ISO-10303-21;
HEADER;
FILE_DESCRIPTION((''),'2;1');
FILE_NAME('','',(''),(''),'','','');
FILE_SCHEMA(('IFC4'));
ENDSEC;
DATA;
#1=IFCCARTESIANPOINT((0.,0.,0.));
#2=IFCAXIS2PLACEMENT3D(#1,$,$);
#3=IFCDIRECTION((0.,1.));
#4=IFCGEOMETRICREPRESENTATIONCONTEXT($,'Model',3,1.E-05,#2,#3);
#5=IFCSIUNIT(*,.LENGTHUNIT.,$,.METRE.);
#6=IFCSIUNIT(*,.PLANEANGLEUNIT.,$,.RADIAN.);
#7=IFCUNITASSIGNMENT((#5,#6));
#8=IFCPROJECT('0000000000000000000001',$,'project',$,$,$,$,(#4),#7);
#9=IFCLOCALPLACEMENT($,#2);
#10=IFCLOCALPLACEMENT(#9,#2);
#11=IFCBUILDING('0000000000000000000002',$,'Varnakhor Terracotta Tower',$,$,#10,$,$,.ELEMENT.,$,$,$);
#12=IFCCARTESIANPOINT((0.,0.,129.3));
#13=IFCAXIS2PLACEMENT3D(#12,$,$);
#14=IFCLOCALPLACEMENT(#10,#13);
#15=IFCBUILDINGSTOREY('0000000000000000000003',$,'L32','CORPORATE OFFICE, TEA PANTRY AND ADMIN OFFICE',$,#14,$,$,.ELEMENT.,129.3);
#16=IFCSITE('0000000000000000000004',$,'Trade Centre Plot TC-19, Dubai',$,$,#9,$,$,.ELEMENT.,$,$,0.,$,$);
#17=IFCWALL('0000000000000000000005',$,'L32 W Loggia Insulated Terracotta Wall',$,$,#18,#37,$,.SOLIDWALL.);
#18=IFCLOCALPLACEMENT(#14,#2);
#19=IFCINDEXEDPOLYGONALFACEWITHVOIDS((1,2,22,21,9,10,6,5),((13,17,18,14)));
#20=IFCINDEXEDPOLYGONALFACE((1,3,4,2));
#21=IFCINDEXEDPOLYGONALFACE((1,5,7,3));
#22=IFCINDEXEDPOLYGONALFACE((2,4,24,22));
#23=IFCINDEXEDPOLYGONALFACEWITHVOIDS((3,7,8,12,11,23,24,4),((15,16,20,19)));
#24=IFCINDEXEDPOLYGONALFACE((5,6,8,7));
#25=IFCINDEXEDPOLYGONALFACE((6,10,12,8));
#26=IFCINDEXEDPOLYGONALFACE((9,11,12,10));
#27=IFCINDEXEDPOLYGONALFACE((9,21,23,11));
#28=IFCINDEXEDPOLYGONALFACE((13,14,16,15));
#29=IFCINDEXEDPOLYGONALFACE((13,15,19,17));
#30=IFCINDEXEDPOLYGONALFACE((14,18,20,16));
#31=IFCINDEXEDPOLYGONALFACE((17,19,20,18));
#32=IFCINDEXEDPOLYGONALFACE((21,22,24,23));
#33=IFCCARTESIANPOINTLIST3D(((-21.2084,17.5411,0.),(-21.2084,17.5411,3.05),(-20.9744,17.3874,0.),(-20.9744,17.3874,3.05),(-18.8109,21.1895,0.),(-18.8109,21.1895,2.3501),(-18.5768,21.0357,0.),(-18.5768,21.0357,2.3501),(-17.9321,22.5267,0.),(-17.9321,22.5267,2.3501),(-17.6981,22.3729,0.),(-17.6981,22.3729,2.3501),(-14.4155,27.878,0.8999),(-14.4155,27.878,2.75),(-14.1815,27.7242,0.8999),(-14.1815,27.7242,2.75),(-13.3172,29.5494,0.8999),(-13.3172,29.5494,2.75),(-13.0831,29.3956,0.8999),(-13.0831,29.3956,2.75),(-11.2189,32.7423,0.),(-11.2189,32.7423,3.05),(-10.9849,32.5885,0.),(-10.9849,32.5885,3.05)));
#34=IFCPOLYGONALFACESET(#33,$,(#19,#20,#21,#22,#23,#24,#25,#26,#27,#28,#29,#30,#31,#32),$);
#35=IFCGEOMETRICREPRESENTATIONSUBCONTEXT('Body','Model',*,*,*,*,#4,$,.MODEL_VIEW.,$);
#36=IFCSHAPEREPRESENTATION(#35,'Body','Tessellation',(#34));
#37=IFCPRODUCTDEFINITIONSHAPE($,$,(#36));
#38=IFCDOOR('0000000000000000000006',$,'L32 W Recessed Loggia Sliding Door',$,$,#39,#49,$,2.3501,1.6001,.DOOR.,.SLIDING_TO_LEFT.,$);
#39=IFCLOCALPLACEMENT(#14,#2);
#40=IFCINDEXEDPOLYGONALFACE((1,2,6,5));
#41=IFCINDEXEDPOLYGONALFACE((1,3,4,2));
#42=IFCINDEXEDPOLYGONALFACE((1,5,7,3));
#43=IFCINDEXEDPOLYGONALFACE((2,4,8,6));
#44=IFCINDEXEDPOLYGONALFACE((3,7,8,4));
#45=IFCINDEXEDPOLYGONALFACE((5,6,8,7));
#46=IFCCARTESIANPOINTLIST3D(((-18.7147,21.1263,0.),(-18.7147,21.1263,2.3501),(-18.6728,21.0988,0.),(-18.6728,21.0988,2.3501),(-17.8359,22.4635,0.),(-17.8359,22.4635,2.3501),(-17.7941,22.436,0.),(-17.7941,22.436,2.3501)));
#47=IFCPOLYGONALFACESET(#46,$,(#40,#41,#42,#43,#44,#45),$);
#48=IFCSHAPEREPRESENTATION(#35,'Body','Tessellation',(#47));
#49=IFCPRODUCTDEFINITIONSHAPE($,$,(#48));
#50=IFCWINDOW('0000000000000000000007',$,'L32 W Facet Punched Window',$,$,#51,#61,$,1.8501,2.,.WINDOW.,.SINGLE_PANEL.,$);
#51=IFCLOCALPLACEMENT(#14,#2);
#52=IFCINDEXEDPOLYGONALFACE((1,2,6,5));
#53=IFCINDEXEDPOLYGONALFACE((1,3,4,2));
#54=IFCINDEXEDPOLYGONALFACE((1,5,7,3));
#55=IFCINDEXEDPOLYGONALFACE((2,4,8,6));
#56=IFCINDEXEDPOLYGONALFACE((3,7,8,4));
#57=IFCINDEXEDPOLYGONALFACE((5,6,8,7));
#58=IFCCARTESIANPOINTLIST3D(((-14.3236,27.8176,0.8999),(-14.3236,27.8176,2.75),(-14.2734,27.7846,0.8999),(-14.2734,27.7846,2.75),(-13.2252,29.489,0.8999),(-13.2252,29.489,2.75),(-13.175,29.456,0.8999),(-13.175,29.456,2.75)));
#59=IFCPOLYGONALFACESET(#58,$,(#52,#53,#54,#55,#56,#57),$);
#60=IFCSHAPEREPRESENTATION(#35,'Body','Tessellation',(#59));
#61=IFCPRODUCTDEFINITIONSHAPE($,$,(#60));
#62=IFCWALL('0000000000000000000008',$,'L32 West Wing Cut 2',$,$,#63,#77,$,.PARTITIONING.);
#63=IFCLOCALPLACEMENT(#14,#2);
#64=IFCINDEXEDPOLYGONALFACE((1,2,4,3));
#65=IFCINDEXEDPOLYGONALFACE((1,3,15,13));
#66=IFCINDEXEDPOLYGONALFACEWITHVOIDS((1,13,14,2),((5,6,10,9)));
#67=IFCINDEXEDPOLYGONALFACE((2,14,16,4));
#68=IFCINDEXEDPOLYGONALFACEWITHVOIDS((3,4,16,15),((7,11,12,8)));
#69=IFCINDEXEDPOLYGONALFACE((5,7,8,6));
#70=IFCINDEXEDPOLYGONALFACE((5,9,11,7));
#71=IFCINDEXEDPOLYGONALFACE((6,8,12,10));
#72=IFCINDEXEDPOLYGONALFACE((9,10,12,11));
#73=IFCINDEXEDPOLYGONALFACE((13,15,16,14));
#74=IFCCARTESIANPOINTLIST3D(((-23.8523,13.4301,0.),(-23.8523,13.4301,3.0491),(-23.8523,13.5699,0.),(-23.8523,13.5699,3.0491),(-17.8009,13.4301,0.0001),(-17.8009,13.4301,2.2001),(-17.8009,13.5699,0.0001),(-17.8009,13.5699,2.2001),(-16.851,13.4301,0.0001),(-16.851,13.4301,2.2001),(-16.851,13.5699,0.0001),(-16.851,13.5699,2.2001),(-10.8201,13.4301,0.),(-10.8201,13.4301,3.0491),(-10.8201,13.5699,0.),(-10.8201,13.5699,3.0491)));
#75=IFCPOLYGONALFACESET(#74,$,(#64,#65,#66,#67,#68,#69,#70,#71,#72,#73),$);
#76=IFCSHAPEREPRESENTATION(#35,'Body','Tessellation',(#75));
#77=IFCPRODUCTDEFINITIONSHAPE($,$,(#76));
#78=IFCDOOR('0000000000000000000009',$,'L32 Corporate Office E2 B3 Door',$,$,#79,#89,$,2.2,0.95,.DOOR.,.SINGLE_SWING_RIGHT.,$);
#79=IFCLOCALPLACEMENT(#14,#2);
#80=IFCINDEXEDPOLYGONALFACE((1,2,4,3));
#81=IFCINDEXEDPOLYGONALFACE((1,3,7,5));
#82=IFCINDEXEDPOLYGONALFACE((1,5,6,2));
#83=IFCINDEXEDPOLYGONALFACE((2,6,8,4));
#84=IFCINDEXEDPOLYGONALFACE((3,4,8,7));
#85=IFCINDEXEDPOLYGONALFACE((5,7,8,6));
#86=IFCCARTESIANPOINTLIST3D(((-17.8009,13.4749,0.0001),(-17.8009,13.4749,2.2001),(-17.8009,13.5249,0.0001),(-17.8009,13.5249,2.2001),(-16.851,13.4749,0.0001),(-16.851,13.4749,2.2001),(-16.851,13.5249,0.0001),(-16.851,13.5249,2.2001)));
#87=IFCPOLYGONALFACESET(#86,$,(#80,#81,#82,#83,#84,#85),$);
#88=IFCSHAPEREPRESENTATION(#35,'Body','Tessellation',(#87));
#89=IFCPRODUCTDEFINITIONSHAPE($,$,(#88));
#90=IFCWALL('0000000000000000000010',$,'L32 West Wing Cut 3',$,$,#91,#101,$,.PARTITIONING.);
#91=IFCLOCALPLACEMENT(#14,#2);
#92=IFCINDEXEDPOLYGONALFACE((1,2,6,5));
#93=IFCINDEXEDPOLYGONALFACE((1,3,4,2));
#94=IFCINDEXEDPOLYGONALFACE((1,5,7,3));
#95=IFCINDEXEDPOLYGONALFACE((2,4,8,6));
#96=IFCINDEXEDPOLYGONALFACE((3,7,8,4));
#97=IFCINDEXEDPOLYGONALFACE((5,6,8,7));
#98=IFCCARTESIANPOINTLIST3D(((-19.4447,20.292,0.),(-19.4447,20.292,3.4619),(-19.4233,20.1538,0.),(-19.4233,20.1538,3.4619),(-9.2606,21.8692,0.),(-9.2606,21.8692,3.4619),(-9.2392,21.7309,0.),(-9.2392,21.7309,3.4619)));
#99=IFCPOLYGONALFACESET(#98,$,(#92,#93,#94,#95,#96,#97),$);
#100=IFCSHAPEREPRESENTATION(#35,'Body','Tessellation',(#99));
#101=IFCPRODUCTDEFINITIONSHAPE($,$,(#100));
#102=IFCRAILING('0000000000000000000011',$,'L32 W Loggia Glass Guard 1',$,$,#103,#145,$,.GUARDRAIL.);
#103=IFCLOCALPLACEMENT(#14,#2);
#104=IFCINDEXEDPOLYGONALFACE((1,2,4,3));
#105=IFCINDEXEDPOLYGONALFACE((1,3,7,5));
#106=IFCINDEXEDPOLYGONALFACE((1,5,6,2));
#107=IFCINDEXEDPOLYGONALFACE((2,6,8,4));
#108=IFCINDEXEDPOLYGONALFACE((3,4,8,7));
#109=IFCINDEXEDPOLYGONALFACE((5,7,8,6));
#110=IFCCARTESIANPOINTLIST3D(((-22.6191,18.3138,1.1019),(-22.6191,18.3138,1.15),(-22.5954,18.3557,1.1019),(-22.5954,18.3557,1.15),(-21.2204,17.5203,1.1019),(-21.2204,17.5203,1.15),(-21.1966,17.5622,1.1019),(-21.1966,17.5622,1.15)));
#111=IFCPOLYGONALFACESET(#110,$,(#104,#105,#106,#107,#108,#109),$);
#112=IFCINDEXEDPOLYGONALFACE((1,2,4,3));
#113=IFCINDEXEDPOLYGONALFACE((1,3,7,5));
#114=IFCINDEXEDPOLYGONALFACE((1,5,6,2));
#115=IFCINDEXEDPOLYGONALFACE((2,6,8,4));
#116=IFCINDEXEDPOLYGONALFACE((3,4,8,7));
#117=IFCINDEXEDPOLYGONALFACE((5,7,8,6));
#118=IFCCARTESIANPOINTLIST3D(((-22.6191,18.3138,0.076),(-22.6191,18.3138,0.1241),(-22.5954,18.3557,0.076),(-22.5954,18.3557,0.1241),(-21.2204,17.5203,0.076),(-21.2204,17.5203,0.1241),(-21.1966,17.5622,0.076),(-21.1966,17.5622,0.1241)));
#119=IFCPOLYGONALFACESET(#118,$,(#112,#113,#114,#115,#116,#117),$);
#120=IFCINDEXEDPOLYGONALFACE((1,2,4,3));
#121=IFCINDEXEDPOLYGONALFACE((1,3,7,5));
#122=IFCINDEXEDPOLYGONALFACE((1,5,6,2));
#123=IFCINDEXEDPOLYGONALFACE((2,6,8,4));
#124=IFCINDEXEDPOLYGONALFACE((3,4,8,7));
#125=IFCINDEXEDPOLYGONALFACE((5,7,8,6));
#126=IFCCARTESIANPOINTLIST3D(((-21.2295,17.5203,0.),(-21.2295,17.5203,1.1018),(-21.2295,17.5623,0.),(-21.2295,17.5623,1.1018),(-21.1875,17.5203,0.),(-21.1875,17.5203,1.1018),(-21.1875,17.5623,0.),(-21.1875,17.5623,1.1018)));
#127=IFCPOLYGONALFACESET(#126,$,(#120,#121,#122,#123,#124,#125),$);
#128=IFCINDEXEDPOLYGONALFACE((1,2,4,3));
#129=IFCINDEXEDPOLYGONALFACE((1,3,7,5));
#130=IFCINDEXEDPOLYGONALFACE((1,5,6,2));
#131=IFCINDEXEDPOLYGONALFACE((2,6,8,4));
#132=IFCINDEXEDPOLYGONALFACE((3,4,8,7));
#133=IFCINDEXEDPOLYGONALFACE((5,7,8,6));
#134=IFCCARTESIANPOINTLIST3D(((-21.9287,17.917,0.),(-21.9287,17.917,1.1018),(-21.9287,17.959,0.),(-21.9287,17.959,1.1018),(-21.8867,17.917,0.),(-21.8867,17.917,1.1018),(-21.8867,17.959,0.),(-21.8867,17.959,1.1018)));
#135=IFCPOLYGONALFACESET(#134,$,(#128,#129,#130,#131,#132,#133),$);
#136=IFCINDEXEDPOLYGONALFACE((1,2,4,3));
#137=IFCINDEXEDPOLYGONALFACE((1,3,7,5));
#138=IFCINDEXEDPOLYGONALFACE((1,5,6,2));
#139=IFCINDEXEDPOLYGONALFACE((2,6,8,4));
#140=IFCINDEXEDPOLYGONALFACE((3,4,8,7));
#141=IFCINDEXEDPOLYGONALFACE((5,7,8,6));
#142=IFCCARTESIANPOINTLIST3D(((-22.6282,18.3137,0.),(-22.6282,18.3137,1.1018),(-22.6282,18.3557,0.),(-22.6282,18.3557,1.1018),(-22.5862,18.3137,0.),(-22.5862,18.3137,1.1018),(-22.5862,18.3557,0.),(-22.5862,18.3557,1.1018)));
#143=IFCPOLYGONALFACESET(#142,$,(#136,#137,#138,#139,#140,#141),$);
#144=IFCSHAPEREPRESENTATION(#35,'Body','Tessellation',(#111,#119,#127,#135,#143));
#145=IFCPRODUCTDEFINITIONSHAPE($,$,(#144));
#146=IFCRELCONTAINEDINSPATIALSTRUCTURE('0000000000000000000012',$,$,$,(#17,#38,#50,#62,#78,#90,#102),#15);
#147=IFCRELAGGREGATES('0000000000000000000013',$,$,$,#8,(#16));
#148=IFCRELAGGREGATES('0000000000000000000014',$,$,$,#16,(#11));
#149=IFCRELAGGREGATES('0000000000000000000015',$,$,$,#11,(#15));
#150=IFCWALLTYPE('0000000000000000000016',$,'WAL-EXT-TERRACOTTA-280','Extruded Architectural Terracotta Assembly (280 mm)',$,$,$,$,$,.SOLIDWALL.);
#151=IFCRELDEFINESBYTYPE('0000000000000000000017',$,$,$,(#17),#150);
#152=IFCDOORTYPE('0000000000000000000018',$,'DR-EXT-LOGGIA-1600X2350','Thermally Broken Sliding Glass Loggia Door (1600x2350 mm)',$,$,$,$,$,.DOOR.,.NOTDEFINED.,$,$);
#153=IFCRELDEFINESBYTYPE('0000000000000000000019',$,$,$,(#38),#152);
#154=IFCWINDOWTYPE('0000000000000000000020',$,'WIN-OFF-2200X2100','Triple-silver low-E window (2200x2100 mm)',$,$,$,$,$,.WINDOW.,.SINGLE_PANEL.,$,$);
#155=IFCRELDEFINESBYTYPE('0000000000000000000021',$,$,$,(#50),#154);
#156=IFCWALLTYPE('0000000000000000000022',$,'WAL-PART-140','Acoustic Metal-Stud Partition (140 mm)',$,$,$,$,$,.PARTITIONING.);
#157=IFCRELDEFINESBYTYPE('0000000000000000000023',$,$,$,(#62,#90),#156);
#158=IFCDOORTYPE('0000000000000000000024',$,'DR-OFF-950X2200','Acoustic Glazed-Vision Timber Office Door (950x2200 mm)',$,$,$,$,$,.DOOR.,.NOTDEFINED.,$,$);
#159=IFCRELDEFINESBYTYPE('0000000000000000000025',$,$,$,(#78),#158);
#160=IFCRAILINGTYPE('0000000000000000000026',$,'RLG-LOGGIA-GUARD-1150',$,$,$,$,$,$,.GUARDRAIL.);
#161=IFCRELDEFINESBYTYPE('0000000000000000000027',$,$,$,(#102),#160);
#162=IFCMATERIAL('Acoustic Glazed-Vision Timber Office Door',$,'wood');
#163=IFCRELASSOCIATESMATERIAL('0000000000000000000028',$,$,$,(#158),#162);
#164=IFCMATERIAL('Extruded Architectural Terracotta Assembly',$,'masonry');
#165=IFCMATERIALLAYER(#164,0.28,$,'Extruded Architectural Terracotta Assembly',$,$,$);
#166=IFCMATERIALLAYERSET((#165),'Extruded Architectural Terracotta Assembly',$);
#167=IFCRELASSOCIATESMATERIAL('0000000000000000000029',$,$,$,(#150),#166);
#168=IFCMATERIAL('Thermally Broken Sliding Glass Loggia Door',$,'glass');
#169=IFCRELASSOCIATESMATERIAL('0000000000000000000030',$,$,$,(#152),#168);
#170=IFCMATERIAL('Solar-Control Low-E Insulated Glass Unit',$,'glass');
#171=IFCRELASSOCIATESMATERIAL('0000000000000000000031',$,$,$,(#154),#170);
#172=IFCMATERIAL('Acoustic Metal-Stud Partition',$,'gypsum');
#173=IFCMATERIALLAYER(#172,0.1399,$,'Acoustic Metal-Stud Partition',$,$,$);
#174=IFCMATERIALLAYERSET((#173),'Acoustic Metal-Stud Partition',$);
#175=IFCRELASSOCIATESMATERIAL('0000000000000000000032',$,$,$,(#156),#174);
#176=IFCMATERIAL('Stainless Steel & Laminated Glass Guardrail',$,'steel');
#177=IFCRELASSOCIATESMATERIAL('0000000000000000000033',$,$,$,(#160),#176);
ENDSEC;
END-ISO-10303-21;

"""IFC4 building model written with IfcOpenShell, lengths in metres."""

from ifc_helpers import new_model, si_unit, direction, frame, frame_2d, origin, origin_2d, place, context, subcontext, project, spatial, rectangle, extrude, source, transform, mapped, material, layer, layer_set, type_object, type_shapes, element, fill, save


model = new_model("IFC4")

# Units and contexts
model_context = context("Model", 3, precision=1e-05, world=origin(), true_north=direction((0.0, 1.0)))
body_context = subcontext(model_context, "Body", "Model", "MODEL_VIEW")
ifc_project = project(units=[si_unit("LENGTHUNIT", "METRE"), si_unit("PLANEANGLEUNIT", "RADIAN")], contexts=[model_context])

# Site, building, storey
site_placement = place(None, origin())
site = spatial("IfcSite", under=ifc_project, at=site_placement, Name="Trade Centre Plot TC-19, Dubai", CompositionType="ELEMENT", RefElevation=0.0)
building_placement = place(site_placement, origin())
building = spatial("IfcBuilding", under=site, at=building_placement, Name="Varnakhor Terracotta Tower", CompositionType="ELEMENT")
storey_placement = place(building_placement, frame((0.0, 0.0, 129.3)))
storey = spatial("IfcBuildingStorey", under=building, at=storey_placement, Name="L32", Description="CORPORATE OFFICE, TEA PANTRY AND ADMIN OFFICE", CompositionType="ELEMENT", Elevation=129.3)

# Shared definitions
ifc_material_1 = material(Name="Acoustic Glazed-Vision Timber Office Door", Category="wood")
door_type_1 = type_object("IfcDoorType", Name="DR-OFF-950X2200", Description="Acoustic Glazed-Vision Timber Office Door (950x2200 mm)", OperationType="NOTDEFINED", PredefinedType="DOOR", material=ifc_material_1)
shared_shape_1 = source(origin(), body_context, "Body", "SweptSolid", [
    extrude(rectangle(XDim=0.95, YDim=2.2, at=frame_2d((0.4751, 1.1001))), frame((0.0, 0.0249, 0.0), z_axis=(0.0, -1.0, 0.0), x_axis=(1.0, 0.0, 0.0)), (0.0, 0.0, 1.0), 0.05),
])
type_shapes(door_type_1, [shared_shape_1])

# Wall, openings, door, window
ifc_material_2 = material(Name="Extruded Architectural Terracotta Assembly", Category="masonry")
ifc_layer_1 = layer(ifc_material_2, 0.28, Name="Extruded Architectural Terracotta Assembly")
ifc_layer_set_1 = layer_set([ifc_layer_1], Name="Extruded Architectural Terracotta Assembly")
wall_type_1 = type_object("IfcWallType", Name="WAL-EXT-TERRACOTTA-280", Description="Extruded Architectural Terracotta Assembly (280 mm)", PredefinedType="SOLIDWALL", material=ifc_layer_set_1)
wall_1_placement = place(storey_placement, frame((-21.0913, 17.4644, 0.0), z_axis=(0.0, 0.0, 1.0), x_axis=(0.549184, 0.835701, 0.0)))
wall_1 = element("IfcWall", 1, at=wall_1_placement, inside=storey, type_object=wall_type_1, Name="L32 W Loggia Insulated Terracotta Wall", PredefinedType="SOLIDWALL", context=body_context, shape_type="SweptSolid", body=[
    extrude(rectangle(XDim=18.1897, YDim=0.28, at=frame_2d((9.0947, 0.0))), origin(), (0.0, 0.0, 1.0), 3.05),
])
opening_1_placement = place(wall_1_placement, frame((4.3655, 0.0, 0.0)))
opening_1 = element("IfcOpeningElement", 2, at=opening_1_placement, cuts=wall_1, PredefinedType="OPENING", context=body_context, shape_type="SweptSolid", body=[
    extrude(rectangle(XDim=1.6001, YDim=2.3501, at=frame_2d((0.8, 1.175))), frame((0.0, 0.1499, 0.0), z_axis=(0.0, -1.0, 0.0), x_axis=(1.0, 0.0, 0.0)), (0.0, 0.0, 1.0), 0.3),
])
opening_2_placement = place(wall_1_placement, frame((12.3689, 0.0, 0.8999)))
opening_2 = element("IfcOpeningElement", 3, at=opening_2_placement, cuts=wall_1, PredefinedType="OPENING", context=body_context, shape_type="SweptSolid", body=[
    extrude(rectangle(XDim=2.0, YDim=1.8501, at=frame_2d((1.0, 0.925))), frame((0.0, 0.1499, 0.0), z_axis=(0.0, -1.0, 0.0), x_axis=(1.0, 0.0, 0.0)), (0.0, 0.0, 1.0), 0.3),
])
ifc_material_3 = material(Name="Thermally Broken Sliding Glass Loggia Door", Category="glass")
door_type_2 = type_object("IfcDoorType", Name="DR-EXT-LOGGIA-1600X2350", Description="Thermally Broken Sliding Glass Loggia Door (1600x2350 mm)", OperationType="NOTDEFINED", PredefinedType="DOOR", material=ifc_material_3)
shared_shape_2 = source(origin(), body_context, "Body", "SweptSolid", [
    extrude(rectangle(XDim=1.6001, YDim=2.3501, at=frame_2d((0.8, 1.175))), frame((0.0, 0.0249, 0.0), z_axis=(0.0, -1.0, 0.0), x_axis=(1.0, 0.0, 0.0)), (0.0, 0.0, 1.0), 0.05),
])
type_shapes(door_type_2, [shared_shape_2])
door_1_placement = place(opening_1_placement, origin())
door_1 = element("IfcDoor", 4, at=door_1_placement, inside=storey, type_object=door_type_2, Name="L32 W Recessed Loggia Sliding Door", OperationType="SLIDING_TO_LEFT", OverallHeight=2.3501, OverallWidth=1.6001, PredefinedType="DOOR", context=body_context, shape_type="MappedRepresentation", body=[
    mapped(shared_shape_2, transform((0.0, 0.0, 0.0), scale=1.0)),
])
fill(opening_1, door_1)
ifc_material_4 = material(Name="Solar-Control Low-E Insulated Glass Unit", Category="glass")
window_type = type_object("IfcWindowType", Name="WIN-OFF-2200X2100", Description="Triple-silver low-E window (2200x2100 mm)", PartitioningType="SINGLE_PANEL", PredefinedType="WINDOW", material=ifc_material_4)
shared_shape_3 = source(origin(), body_context, "Body", "SweptSolid", [
    extrude(rectangle(XDim=2.0, YDim=1.8501, at=frame_2d((1.0, 0.925))), frame((0.0, 0.03, 0.0), z_axis=(0.0, -1.0, 0.0), x_axis=(1.0, 0.0, 0.0)), (0.0, 0.0, 1.0), 0.0601),
])
type_shapes(window_type, [shared_shape_3])
window_placement = place(opening_2_placement, origin())
window = element("IfcWindow", 5, at=window_placement, inside=storey, type_object=window_type, Name="L32 W Facet Punched Window", OverallHeight=1.8501, OverallWidth=2.0, PartitioningType="SINGLE_PANEL", PredefinedType="WINDOW", context=body_context, shape_type="MappedRepresentation", body=[
    mapped(shared_shape_3, transform((0.0, 0.0, 0.0), scale=1.0)),
])
fill(opening_2, window)

# Wall, opening, door
ifc_material_5 = material(Name="Acoustic Metal-Stud Partition", Category="gypsum")
ifc_layer_2 = layer(ifc_material_5, 0.1399, Name="Acoustic Metal-Stud Partition")
ifc_layer_set_2 = layer_set([ifc_layer_2], Name="Acoustic Metal-Stud Partition")
wall_type_2 = type_object("IfcWallType", Name="WAL-PART-140", Description="Acoustic Metal-Stud Partition (140 mm)", PredefinedType="PARTITIONING", material=ifc_layer_set_2)
wall_2_placement = place(storey_placement, frame((-23.8523, 13.5, 0.0), z_axis=(0.0, 0.0, 1.0), x_axis=(1.0, 0.0, 0.0)))
wall_2 = element("IfcWall", 6, at=wall_2_placement, inside=storey, type_object=wall_type_2, Name="L32 West Wing Cut 2", PredefinedType="PARTITIONING", context=body_context, shape_type="SweptSolid", body=[
    extrude(rectangle(XDim=13.0322, YDim=0.1399, at=frame_2d((6.5161, 0.0))), origin(), (0.0, 0.0, 1.0), 3.0491),
])
opening_3_placement = place(wall_2_placement, frame((6.0513, 0.0, 0.0)))
opening_3 = element("IfcOpeningElement", 7, at=opening_3_placement, cuts=wall_2, PredefinedType="OPENING", context=body_context, shape_type="SweptSolid", body=[
    extrude(rectangle(XDim=0.95, YDim=2.2, at=frame_2d((0.4751, 1.1001))), frame((0.0, 0.0801, 0.0), z_axis=(0.0, -1.0, 0.0), x_axis=(1.0, 0.0, 0.0)), (0.0, 0.0, 1.0), 0.1599),
])
door_2_placement = place(opening_3_placement, origin())
door_2 = element("IfcDoor", 8, at=door_2_placement, inside=storey, type_object=door_type_1, Name="L32 Corporate Office E2 B3 Door", OperationType="SINGLE_SWING_RIGHT", OverallHeight=2.2, OverallWidth=0.95, PredefinedType="DOOR", context=body_context, shape_type="MappedRepresentation", body=[
    mapped(shared_shape_1, transform((0.0, 0.0, 0.0), scale=1.0)),
])
fill(opening_3, door_2)

# Wall
wall_3_placement = place(storey_placement, frame((-19.4341, 20.2229, 0.0), z_axis=(0.0, 0.0, 1.0), x_axis=(0.98822, 0.15304, 0.0)))
element("IfcWall", 9, at=wall_3_placement, inside=storey, type_object=wall_type_2, Name="L32 West Wing Cut 3", PredefinedType="PARTITIONING", context=body_context, shape_type="SweptSolid", body=[
    extrude(rectangle(XDim=10.3054, YDim=0.1399, at=frame_2d((5.1528, 0.0))), origin(), (0.0, 0.0, 1.0), 3.4619),
])

# Railing
ifc_material_6 = material(Name="Stainless Steel & Laminated Glass Guardrail", Category="steel")
railing_type = type_object("IfcRailingType", Name="RLG-LOGGIA-GUARD-1150", PredefinedType="GUARDRAIL", material=ifc_material_6)
railing_1_placement = place(storey_placement, frame((-21.2085, 17.5413, 0.0)))
element("IfcRailing", 10, at=railing_1_placement, inside=storey, type_object=railing_type, Name="L32 W Loggia Glass Guard 1", PredefinedType="GUARDRAIL", context=body_context, shape_type="SweptSolid", body=[
    extrude(rectangle(XDim=0.0481, YDim=0.0481, at=origin_2d()), frame((0.0, 0.0, 1.126), z_axis=(-0.86979, 0.493422, 0.0), x_axis=(-0.493422, -0.86979, 0.0)), (0.0, 0.0, 1.0), 1.6082),
    extrude(rectangle(XDim=0.0481, YDim=0.0481, at=origin_2d()), frame((0.0, 0.0, 0.1001), z_axis=(-0.86979, 0.493422, 0.0), x_axis=(-0.493422, -0.86979, 0.0)), (0.0, 0.0, 1.0), 1.6082),
    extrude(rectangle(XDim=0.042, YDim=0.042, at=origin_2d()), origin(), (0.0, 0.0, 1.0), 1.1018),
    extrude(rectangle(XDim=0.042, YDim=0.042, at=origin_2d()), frame((-0.6992, 0.3967, 0.0)), (0.0, 0.0, 1.0), 1.1018),
    extrude(rectangle(XDim=0.042, YDim=0.042, at=origin_2d()), frame((-1.3987, 0.7935, 0.0)), (0.0, 0.0, 1.0), 1.1018),
])

save(model, "model.ifc")
